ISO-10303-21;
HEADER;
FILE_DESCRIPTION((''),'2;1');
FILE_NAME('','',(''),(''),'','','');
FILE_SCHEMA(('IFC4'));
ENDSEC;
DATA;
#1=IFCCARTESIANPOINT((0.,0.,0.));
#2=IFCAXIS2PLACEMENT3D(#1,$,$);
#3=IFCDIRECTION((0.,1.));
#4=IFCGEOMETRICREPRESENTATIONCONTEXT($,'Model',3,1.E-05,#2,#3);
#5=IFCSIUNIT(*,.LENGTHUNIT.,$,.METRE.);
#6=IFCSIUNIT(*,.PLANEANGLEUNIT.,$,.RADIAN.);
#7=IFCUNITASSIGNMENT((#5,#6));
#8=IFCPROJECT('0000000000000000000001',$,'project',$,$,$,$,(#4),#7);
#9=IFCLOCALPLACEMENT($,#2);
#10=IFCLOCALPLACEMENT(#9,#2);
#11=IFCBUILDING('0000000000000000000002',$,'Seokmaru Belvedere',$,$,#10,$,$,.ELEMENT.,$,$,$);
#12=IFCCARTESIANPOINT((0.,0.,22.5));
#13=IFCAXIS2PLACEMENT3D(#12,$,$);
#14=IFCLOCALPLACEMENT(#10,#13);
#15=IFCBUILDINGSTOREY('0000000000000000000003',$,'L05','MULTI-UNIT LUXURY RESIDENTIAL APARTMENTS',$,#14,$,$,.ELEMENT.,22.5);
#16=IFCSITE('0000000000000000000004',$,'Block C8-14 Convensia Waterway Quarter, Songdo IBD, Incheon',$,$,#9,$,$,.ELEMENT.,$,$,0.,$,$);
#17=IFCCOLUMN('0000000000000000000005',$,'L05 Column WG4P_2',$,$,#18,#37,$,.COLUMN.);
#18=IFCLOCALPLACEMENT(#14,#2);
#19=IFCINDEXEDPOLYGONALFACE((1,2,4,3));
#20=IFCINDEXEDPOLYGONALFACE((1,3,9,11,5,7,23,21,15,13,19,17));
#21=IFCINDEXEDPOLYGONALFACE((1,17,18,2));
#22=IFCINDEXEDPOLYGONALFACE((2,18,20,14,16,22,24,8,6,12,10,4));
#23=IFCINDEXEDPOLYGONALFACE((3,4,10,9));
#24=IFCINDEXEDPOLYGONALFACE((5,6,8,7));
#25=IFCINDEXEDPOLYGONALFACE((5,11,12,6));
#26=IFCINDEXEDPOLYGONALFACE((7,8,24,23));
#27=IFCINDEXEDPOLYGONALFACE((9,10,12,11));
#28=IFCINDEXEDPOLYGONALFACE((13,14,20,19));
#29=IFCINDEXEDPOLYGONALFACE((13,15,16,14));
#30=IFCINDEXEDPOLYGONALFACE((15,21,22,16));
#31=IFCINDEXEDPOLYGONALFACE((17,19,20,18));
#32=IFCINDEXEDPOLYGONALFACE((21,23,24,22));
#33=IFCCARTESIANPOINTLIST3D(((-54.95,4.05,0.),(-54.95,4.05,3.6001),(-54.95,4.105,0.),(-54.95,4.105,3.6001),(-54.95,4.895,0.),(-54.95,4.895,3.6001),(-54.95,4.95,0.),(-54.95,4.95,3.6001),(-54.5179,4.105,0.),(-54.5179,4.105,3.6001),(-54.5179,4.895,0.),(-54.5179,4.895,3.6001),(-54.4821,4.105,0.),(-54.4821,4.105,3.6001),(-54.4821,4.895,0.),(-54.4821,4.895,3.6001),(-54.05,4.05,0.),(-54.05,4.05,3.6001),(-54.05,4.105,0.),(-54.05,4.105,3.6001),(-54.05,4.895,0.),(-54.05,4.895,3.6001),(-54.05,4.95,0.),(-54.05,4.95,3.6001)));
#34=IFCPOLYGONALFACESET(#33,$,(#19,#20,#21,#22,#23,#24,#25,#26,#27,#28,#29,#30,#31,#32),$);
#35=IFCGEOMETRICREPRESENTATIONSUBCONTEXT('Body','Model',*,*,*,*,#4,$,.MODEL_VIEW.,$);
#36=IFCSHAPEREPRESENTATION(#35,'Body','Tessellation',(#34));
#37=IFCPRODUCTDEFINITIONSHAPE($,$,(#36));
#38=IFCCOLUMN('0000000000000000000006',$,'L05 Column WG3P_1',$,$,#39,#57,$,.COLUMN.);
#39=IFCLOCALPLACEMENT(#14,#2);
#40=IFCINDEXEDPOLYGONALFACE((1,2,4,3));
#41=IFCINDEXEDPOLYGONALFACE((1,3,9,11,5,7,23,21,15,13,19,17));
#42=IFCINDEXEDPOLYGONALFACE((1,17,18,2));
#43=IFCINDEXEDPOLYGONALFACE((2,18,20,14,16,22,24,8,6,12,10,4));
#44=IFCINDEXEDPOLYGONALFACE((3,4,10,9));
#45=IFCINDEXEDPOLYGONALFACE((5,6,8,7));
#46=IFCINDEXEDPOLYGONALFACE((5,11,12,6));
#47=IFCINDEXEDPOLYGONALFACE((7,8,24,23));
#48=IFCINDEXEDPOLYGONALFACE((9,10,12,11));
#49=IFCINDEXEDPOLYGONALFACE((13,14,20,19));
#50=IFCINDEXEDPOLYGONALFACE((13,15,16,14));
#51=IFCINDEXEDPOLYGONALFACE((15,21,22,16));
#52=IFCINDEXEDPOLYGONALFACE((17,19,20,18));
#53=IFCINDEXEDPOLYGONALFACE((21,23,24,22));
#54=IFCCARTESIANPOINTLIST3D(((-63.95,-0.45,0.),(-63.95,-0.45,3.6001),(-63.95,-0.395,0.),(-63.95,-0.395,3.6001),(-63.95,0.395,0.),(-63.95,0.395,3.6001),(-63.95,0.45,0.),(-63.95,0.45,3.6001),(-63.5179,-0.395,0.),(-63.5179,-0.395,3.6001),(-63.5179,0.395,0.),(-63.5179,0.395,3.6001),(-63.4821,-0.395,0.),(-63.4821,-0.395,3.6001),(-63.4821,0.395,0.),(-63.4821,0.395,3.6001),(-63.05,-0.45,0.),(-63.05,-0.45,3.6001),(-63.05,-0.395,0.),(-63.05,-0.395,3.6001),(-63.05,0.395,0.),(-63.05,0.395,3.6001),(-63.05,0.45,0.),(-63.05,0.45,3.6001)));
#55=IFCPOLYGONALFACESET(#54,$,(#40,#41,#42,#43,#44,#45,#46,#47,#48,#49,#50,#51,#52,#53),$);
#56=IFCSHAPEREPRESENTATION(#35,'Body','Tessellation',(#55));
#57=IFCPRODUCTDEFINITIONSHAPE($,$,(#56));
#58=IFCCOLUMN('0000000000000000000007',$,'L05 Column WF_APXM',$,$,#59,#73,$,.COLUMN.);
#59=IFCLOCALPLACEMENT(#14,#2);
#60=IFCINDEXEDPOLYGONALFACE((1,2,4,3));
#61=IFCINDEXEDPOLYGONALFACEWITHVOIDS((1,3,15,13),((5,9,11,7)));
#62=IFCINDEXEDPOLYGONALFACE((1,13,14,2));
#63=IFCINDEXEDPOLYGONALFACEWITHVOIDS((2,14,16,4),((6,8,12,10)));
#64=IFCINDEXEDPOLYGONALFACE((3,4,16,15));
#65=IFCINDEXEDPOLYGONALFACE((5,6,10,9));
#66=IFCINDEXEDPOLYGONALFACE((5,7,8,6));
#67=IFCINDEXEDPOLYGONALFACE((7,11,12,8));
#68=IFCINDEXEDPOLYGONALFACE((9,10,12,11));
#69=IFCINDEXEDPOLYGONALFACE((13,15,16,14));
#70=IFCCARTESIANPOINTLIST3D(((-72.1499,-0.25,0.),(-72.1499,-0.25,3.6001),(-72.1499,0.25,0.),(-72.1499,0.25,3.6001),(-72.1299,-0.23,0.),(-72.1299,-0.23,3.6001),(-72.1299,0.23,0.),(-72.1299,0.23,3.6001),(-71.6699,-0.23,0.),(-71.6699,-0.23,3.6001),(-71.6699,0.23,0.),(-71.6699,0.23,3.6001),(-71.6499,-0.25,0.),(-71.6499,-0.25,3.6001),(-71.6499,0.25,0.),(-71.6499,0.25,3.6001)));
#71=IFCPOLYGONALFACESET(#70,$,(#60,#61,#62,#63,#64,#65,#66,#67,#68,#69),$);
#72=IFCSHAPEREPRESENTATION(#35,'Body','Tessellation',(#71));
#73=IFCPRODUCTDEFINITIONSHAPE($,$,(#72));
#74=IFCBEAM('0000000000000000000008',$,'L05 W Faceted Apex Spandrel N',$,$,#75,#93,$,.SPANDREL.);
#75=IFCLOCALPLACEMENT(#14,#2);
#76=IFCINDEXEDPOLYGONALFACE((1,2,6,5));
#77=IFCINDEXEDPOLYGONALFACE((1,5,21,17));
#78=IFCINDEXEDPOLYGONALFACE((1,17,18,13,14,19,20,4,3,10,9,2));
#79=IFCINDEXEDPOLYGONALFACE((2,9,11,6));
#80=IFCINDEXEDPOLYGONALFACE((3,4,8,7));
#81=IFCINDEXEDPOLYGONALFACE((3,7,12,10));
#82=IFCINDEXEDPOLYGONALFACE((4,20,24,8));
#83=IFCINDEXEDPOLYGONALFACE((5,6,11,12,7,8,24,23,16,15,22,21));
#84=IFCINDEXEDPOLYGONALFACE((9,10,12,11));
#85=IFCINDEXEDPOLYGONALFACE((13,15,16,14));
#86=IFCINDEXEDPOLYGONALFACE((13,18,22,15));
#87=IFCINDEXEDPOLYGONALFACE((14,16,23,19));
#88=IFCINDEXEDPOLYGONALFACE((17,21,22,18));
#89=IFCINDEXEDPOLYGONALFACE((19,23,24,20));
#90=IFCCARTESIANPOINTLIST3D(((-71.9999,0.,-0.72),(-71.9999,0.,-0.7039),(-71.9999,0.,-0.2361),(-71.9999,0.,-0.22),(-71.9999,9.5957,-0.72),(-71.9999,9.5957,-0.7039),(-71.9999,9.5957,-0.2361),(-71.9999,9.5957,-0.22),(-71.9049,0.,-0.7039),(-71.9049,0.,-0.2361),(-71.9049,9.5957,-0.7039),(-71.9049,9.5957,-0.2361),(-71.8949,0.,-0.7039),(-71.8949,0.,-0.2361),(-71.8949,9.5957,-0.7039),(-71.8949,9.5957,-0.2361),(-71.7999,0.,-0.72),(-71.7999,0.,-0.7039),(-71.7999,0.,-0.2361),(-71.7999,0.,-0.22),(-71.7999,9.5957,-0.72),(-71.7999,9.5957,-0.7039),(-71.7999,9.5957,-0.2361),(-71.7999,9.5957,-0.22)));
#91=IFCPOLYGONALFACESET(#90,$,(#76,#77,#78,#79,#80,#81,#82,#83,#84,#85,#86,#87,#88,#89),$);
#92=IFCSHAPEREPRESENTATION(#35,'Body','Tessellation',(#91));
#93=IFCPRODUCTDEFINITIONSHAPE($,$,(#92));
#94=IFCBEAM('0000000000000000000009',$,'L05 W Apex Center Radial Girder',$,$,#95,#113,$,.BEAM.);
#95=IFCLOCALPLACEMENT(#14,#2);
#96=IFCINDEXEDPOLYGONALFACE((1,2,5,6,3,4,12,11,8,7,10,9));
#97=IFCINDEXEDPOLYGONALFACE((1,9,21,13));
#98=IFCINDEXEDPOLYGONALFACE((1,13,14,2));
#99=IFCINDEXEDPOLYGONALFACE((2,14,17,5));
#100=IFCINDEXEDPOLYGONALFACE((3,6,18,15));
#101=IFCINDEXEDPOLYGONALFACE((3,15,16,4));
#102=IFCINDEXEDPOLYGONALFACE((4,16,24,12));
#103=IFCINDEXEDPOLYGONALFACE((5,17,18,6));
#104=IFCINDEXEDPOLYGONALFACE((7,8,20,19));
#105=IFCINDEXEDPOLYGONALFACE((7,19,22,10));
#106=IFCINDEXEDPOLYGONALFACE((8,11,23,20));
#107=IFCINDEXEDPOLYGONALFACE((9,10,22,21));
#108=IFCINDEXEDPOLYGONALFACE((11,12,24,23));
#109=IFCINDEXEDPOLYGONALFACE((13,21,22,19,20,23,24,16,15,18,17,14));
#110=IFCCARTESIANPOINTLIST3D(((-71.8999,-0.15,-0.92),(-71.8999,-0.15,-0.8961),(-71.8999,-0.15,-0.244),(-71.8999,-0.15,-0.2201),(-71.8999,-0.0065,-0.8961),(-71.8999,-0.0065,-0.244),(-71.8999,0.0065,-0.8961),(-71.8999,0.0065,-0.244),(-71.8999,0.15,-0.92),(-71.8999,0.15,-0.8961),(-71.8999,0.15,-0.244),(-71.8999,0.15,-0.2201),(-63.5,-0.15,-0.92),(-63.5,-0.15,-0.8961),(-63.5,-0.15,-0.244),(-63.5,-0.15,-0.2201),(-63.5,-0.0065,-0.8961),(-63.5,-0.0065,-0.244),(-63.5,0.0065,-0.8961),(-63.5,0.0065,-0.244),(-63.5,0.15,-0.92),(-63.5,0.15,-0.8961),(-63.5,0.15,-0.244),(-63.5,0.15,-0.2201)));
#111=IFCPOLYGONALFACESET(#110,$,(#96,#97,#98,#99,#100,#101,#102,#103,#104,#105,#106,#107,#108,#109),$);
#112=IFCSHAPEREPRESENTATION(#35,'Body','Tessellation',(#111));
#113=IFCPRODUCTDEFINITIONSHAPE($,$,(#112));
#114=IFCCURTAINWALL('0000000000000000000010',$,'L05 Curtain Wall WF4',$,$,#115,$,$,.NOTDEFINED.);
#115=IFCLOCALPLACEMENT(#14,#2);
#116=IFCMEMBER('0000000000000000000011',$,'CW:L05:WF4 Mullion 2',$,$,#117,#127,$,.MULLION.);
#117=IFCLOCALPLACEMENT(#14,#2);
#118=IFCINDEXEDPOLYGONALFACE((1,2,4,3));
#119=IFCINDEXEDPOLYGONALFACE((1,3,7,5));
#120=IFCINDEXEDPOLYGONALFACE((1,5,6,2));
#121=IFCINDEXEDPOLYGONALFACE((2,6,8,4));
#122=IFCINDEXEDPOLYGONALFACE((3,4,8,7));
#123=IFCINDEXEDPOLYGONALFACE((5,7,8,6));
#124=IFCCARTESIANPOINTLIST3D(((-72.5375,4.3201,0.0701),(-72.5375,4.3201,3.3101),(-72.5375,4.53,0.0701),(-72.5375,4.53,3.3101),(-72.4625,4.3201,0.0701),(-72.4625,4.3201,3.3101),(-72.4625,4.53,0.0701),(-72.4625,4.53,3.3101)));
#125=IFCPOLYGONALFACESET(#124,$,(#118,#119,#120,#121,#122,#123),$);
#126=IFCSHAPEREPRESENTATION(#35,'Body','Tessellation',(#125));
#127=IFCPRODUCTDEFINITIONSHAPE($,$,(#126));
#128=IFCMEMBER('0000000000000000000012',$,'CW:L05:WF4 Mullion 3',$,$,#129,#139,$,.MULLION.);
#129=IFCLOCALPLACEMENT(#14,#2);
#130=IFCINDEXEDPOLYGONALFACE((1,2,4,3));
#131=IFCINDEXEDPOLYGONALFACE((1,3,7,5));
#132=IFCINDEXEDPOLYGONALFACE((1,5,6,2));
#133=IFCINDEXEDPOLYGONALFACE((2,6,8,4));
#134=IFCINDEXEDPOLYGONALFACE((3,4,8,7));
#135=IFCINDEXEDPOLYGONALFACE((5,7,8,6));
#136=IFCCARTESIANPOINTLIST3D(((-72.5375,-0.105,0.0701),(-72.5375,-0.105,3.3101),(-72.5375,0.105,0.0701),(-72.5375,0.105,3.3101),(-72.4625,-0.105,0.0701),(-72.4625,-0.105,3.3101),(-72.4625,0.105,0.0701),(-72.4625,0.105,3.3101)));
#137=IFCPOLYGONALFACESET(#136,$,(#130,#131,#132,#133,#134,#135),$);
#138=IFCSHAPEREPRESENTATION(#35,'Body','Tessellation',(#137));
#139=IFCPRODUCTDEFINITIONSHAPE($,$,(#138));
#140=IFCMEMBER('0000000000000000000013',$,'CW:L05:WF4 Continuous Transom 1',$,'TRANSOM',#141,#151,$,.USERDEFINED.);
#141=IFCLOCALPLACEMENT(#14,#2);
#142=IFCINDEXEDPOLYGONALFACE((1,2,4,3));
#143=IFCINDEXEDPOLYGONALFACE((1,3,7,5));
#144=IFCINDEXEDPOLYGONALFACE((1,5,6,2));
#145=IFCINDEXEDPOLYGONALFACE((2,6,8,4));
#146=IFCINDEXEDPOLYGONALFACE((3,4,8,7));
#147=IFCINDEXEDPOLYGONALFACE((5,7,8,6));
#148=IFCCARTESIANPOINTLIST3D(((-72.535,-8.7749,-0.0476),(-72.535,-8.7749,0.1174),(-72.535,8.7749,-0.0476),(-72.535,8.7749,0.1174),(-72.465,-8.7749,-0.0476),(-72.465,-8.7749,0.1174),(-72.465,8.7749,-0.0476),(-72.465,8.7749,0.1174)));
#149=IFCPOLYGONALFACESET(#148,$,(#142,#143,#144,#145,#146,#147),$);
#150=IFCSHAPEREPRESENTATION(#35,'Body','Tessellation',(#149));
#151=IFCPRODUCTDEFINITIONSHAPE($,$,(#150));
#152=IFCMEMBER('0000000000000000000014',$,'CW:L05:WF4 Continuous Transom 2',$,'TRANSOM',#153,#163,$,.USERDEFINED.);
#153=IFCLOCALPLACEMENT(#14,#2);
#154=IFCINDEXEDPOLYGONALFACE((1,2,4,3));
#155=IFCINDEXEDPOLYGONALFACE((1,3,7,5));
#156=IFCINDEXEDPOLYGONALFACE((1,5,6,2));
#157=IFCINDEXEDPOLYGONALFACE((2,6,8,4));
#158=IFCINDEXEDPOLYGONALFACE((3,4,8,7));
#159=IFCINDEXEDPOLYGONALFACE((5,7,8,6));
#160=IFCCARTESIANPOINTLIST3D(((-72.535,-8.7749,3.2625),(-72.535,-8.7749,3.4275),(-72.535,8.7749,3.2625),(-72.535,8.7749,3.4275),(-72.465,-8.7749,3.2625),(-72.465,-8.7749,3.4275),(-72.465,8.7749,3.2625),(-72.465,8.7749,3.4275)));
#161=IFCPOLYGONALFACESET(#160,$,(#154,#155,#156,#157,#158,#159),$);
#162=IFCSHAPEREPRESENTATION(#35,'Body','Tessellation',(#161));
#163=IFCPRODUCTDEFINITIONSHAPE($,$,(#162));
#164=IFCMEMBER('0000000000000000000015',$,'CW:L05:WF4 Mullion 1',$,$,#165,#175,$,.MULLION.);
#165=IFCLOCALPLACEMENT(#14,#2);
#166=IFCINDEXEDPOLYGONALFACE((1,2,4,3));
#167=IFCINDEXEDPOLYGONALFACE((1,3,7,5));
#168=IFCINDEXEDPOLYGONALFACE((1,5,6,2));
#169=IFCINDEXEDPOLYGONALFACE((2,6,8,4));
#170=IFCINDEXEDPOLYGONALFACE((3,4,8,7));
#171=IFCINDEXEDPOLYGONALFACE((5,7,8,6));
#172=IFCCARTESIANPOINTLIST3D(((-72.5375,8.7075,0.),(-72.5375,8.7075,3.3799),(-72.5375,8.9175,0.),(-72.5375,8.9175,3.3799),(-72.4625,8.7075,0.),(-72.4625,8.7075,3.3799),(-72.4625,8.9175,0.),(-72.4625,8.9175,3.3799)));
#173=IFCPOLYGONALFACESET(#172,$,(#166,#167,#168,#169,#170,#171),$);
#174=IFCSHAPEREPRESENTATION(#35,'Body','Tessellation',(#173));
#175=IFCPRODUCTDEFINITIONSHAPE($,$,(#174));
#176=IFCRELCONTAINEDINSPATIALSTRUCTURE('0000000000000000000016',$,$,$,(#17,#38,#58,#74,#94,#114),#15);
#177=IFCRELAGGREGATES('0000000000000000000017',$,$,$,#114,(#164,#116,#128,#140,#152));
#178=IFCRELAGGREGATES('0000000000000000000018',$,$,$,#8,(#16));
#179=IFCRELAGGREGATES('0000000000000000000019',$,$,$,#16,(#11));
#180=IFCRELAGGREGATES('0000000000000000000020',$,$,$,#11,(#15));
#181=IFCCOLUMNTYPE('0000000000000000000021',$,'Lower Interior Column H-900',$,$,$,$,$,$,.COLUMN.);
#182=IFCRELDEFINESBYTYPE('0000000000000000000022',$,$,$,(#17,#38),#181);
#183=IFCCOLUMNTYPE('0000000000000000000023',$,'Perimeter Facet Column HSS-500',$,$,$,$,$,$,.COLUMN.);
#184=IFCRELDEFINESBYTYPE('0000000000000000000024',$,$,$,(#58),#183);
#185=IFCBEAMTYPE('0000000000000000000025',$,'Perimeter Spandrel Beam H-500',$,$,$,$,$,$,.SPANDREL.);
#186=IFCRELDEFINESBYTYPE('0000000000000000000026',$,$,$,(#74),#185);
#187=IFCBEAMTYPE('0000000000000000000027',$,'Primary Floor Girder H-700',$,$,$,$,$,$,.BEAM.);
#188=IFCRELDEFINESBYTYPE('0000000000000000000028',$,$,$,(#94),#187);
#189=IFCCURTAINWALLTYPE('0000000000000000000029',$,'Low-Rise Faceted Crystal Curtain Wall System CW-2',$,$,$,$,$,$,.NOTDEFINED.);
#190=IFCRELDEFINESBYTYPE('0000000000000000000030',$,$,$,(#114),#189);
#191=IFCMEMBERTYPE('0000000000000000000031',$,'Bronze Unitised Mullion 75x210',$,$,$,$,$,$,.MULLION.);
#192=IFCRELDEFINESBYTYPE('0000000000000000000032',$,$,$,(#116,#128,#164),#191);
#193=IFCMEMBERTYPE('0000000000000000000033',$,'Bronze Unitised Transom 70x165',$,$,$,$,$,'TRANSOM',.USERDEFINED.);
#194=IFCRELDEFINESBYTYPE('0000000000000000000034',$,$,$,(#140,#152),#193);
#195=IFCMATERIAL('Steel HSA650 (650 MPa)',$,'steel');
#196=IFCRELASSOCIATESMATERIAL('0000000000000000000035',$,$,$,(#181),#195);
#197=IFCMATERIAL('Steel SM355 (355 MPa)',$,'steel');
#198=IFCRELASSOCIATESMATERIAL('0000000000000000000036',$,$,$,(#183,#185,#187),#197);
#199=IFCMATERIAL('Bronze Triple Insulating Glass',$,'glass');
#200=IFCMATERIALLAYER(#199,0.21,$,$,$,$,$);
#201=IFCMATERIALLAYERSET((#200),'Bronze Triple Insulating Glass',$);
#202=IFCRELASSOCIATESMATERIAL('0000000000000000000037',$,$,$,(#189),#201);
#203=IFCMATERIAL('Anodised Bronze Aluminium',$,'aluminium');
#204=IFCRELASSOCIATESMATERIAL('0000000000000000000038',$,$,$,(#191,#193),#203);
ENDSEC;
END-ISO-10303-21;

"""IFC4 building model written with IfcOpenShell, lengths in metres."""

from ifc_helpers import new_model, si_unit, direction, frame, origin, origin_2d, place, context, subcontext, project, spatial, rectangle, hollow_rectangle, i_section, extrude, source, transform, mapped, material, layer, layer_set, material_profile, profile_set, type_object, type_shapes, element, aggregate, save


model = new_model("IFC4")

# Units and contexts
model_context = context("Model", 3, precision=1e-05, world=origin(), true_north=direction((0.0, 1.0)))
body_context = subcontext(model_context, "Body", "Model", "MODEL_VIEW")
ifc_project = project(units=[si_unit("LENGTHUNIT", "METRE"), si_unit("PLANEANGLEUNIT", "RADIAN")], contexts=[model_context])

# Site, building, storey
site_placement = place(None, origin())
site = spatial("IfcSite", under=ifc_project, at=site_placement, Name="Block C8-14 Convensia Waterway Quarter, Songdo IBD, Incheon", CompositionType="ELEMENT", RefElevation=0.0)
building_placement = place(site_placement, origin())
building = spatial("IfcBuilding", under=site, at=building_placement, Name="Seokmaru Belvedere", CompositionType="ELEMENT")
storey_placement = place(building_placement, frame((0.0, 0.0, 22.5)))
storey = spatial("IfcBuildingStorey", under=building, at=storey_placement, Name="L05", Description="MULTI-UNIT LUXURY RESIDENTIAL APARTMENTS", CompositionType="ELEMENT", Elevation=22.5)

# Columns
ifc_material_1 = material(Name="Steel HSA650 (650 MPa)", Category="steel")
ifc_material_profile_1 = material_profile(ifc_material_1, i_section(OverallWidth=0.8999, OverallDepth=0.8999, WebThickness=0.0359, FlangeThickness=0.0549, at=origin_2d()), Name="H-900x900x36x55")
ifc_profile_set_1 = profile_set([ifc_material_profile_1], Name="Steel HSA650 (650 MPa)")
column_type_1 = type_object("IfcColumnType", Name="Lower Interior Column H-900", PredefinedType="COLUMN", material=ifc_profile_set_1)
shared_shape_1 = source(origin(), body_context, "Body", "SweptSolid", [
    extrude(i_section(OverallWidth=0.8999, OverallDepth=0.8999, WebThickness=0.0359, FlangeThickness=0.0549, at=origin_2d()), origin(), (0.0, 0.0, 1.0), 3.6001),
])
type_shapes(column_type_1, [shared_shape_1])
for number, where, z_axis, x_axis, name in (
    (1, (-54.5, 4.5, 0.0), (0.0, 0.0, 1.0), (1.0, 0.0, 0.0), "L05 Column WG4P_2"),
    (2, (-63.5, 0.0, 0.0), (0.0, 0.0, 1.0), (1.0, 0.0, 0.0), "L05 Column WG3P_1"),
):
    element("IfcColumn", number, at=place(storey_placement, frame(where, z_axis=z_axis, x_axis=x_axis)), inside=storey, type_object=column_type_1, Name=name, PredefinedType="COLUMN", context=body_context, shape_type="MappedRepresentation", body=[
        mapped(shared_shape_1, transform((0.0, 0.0, 0.0), scale=1.0)),
    ])
ifc_material_2 = material(Name="Steel SM355 (355 MPa)", Category="steel")
ifc_material_profile_2 = material_profile(ifc_material_2, hollow_rectangle(XDim=0.5, YDim=0.5, WallThickness=0.02, at=origin_2d()), Name="HSS-500x500x20")
ifc_profile_set_2 = profile_set([ifc_material_profile_2], Name="Steel SM355 (355 MPa)")
column_type_2 = type_object("IfcColumnType", Name="Perimeter Facet Column HSS-500", PredefinedType="COLUMN", material=ifc_profile_set_2)
shared_shape_2 = source(origin(), body_context, "Body", "SweptSolid", [
    extrude(hollow_rectangle(XDim=0.5, YDim=0.5, WallThickness=0.02, at=origin_2d()), origin(), (0.0, 0.0, 1.0), 3.6001),
])
type_shapes(column_type_2, [shared_shape_2])
column_placement = place(storey_placement, frame((-71.8999, 0.0, 0.0), z_axis=(0.0, 0.0, 1.0), x_axis=(1.0, 0.0, 0.0)))
element("IfcColumn", 3, at=column_placement, inside=storey, type_object=column_type_2, Name="L05 Column WF_APXM", PredefinedType="COLUMN", context=body_context, shape_type="MappedRepresentation", body=[
    mapped(shared_shape_2, transform((0.0, 0.0, 0.0), scale=1.0)),
])

# Beams
ifc_material_profile_3 = material_profile(ifc_material_2, i_section(OverallWidth=0.2, OverallDepth=0.5, WebThickness=0.01, FlangeThickness=0.0161, at=origin_2d()), Name="H-500x200x10x16")
ifc_profile_set_3 = profile_set([ifc_material_profile_3], Name="Steel SM355 (355 MPa)")
beam_type_1 = type_object("IfcBeamType", Name="Perimeter Spandrel Beam H-500", PredefinedType="SPANDREL", material=ifc_profile_set_3)
shared_shape_3 = source(origin(), body_context, "Body", "SweptSolid", [
    extrude(i_section(OverallWidth=0.2, OverallDepth=0.5, WebThickness=0.01, FlangeThickness=0.0161, at=origin_2d()), origin(), (0.0, 0.0, 1.0), 9.5957),
])
type_shapes(beam_type_1, [shared_shape_3])
beam_1_placement = place(storey_placement, frame((-71.8999, 0.0, -0.47), z_axis=(0.0, 1.0, 0.0), x_axis=(-1.0, 0.0, 0.0)))
element("IfcBeam", 4, at=beam_1_placement, inside=storey, type_object=beam_type_1, Name="L05 W Faceted Apex Spandrel N", PredefinedType="SPANDREL", context=body_context, shape_type="MappedRepresentation", body=[
    mapped(shared_shape_3, transform((0.0, 0.0, 0.0), scale=1.0)),
])
ifc_material_profile_4 = material_profile(ifc_material_2, i_section(OverallWidth=0.3, OverallDepth=0.7, WebThickness=0.0129, FlangeThickness=0.0239, at=origin_2d()), Name="H-700x300x13x24")
ifc_profile_set_4 = profile_set([ifc_material_profile_4], Name="Steel SM355 (355 MPa)")
beam_type_2 = type_object("IfcBeamType", Name="Primary Floor Girder H-700", PredefinedType="BEAM", material=ifc_profile_set_4)
shared_shape_4 = source(origin(), body_context, "Body", "SweptSolid", [
    extrude(i_section(OverallWidth=0.3, OverallDepth=0.7, WebThickness=0.0129, FlangeThickness=0.0239, at=origin_2d()), origin(), (0.0, 0.0, 1.0), 8.3999),
])
type_shapes(beam_type_2, [shared_shape_4])
beam_2_placement = place(storey_placement, frame((-71.8999, 0.0, -0.5701), z_axis=(1.0, 0.0, 0.0), x_axis=(0.0, 1.0, 0.0)))
element("IfcBeam", 5, at=beam_2_placement, inside=storey, type_object=beam_type_2, Name="L05 W Apex Center Radial Girder", PredefinedType="BEAM", context=body_context, shape_type="MappedRepresentation", body=[
    mapped(shared_shape_4, transform((0.0, 0.0, 0.0), scale=1.0)),
])

# Curtain wall, members
ifc_material_3 = material(Name="Bronze Triple Insulating Glass", Category="glass")
ifc_layer_1 = layer(ifc_material_3, 0.21)
ifc_layer_set_1 = layer_set([ifc_layer_1], Name="Bronze Triple Insulating Glass")
curtain_wall_type = type_object("IfcCurtainWallType", Name="Low-Rise Faceted Crystal Curtain Wall System CW-2", PredefinedType="NOTDEFINED", material=ifc_layer_set_1)
curtain_wall_placement = place(storey_placement, origin())
curtain_wall = element("IfcCurtainWall", 6, at=curtain_wall_placement, inside=storey, type_object=curtain_wall_type, Name="L05 Curtain Wall WF4", PredefinedType="NOTDEFINED")
ifc_material_4 = material(Name="Anodised Bronze Aluminium", Category="aluminium")
ifc_material_profile_5 = material_profile(ifc_material_4, rectangle(XDim=0.075, YDim=0.21, at=origin_2d()), Name="CW-M-75x210")
ifc_profile_set_5 = profile_set([ifc_material_profile_5], Name="Anodised Bronze Aluminium")
member_type_1 = type_object("IfcMemberType", Name="Bronze Unitised Mullion 75x210", PredefinedType="MULLION", material=ifc_profile_set_5)
shared_shape_5 = source(origin(), body_context, "Body", "SweptSolid", [
    extrude(rectangle(XDim=0.075, YDim=0.21, at=origin_2d()), origin(), (0.0, 0.0, 1.0), 3.24),
])
member_1_placement = place(storey_placement, frame((-72.5, 4.425, 0.0701), z_axis=(0.0, 0.0, 1.0), x_axis=(1.0, 0.0, 0.0)))
member_1 = element("IfcMember", 7, at=member_1_placement, type_object=member_type_1, Name="CW:L05:WF4 Mullion 2", PredefinedType="MULLION", context=body_context, shape_type="MappedRepresentation", body=[
    mapped(shared_shape_5, transform((0.0, 0.0, 0.0), scale=1.0)),
])
member_2_placement = place(storey_placement, frame((-72.5, 0.0, 0.0701), z_axis=(0.0, 0.0, 1.0), x_axis=(1.0, 0.0, 0.0)))
member_2 = element("IfcMember", 8, at=member_2_placement, type_object=member_type_1, Name="CW:L05:WF4 Mullion 3", PredefinedType="MULLION", context=body_context, shape_type="MappedRepresentation", body=[
    mapped(shared_shape_5, transform((0.0, 0.0, 0.0), scale=1.0)),
])
ifc_material_profile_6 = material_profile(ifc_material_4, rectangle(XDim=0.0701, YDim=0.165, at=origin_2d()), Name="CW-T-70x165")
ifc_profile_set_6 = profile_set([ifc_material_profile_6], Name="Anodised Bronze Aluminium")
member_type_2 = type_object("IfcMemberType", Name="Bronze Unitised Transom 70x165", ElementType="TRANSOM", PredefinedType="USERDEFINED", material=ifc_profile_set_6)
shared_shape_6 = source(origin(), body_context, "Body", "SweptSolid", [
    extrude(rectangle(XDim=0.0701, YDim=0.165, at=origin_2d()), origin(), (0.0, 0.0, 1.0), 17.5498),
])
type_shapes(member_type_2, [shared_shape_6])
member_3_placement = place(storey_placement, frame((-72.5, 8.7749, 0.0349), z_axis=(0.0, -1.0, 0.0), x_axis=(1.0, 0.0, 0.0)))
member_3 = element("IfcMember", 9, at=member_3_placement, type_object=member_type_2, Name="CW:L05:WF4 Continuous Transom 1", ObjectType="TRANSOM", PredefinedType="USERDEFINED", context=body_context, shape_type="MappedRepresentation", body=[
    mapped(shared_shape_6, transform((0.0, 0.0, 0.0), scale=1.0)),
])
member_4_placement = place(storey_placement, frame((-72.5, 8.7749, 3.345), z_axis=(0.0, -1.0, 0.0), x_axis=(1.0, 0.0, 0.0)))
member_4 = element("IfcMember", 10, at=member_4_placement, type_object=member_type_2, Name="CW:L05:WF4 Continuous Transom 2", ObjectType="TRANSOM", PredefinedType="USERDEFINED", context=body_context, shape_type="MappedRepresentation", body=[
    mapped(shared_shape_6, transform((0.0, 0.0, 0.0), scale=1.0)),
])
shared_shape_7 = source(origin(), body_context, "Body", "SweptSolid", [
    extrude(rectangle(XDim=0.075, YDim=0.21, at=origin_2d()), origin(), (0.0, 0.0, 1.0), 3.3799),
])
type_shapes(member_type_1, [shared_shape_5, shared_shape_7])
member_5_placement = place(storey_placement, frame((-72.5, 8.8125, 0.0), z_axis=(0.0, 0.0, 1.0), x_axis=(1.0, 0.0, 0.0)))
member_5 = element("IfcMember", 11, at=member_5_placement, type_object=member_type_1, Name="CW:L05:WF4 Mullion 1", PredefinedType="MULLION", context=body_context, shape_type="MappedRepresentation", body=[
    mapped(shared_shape_7, transform((0.0, 0.0, 0.0), scale=1.0)),
])
aggregate(curtain_wall, [member_5, member_1, member_2, member_3, member_4])

save(model, "model.ifc")
